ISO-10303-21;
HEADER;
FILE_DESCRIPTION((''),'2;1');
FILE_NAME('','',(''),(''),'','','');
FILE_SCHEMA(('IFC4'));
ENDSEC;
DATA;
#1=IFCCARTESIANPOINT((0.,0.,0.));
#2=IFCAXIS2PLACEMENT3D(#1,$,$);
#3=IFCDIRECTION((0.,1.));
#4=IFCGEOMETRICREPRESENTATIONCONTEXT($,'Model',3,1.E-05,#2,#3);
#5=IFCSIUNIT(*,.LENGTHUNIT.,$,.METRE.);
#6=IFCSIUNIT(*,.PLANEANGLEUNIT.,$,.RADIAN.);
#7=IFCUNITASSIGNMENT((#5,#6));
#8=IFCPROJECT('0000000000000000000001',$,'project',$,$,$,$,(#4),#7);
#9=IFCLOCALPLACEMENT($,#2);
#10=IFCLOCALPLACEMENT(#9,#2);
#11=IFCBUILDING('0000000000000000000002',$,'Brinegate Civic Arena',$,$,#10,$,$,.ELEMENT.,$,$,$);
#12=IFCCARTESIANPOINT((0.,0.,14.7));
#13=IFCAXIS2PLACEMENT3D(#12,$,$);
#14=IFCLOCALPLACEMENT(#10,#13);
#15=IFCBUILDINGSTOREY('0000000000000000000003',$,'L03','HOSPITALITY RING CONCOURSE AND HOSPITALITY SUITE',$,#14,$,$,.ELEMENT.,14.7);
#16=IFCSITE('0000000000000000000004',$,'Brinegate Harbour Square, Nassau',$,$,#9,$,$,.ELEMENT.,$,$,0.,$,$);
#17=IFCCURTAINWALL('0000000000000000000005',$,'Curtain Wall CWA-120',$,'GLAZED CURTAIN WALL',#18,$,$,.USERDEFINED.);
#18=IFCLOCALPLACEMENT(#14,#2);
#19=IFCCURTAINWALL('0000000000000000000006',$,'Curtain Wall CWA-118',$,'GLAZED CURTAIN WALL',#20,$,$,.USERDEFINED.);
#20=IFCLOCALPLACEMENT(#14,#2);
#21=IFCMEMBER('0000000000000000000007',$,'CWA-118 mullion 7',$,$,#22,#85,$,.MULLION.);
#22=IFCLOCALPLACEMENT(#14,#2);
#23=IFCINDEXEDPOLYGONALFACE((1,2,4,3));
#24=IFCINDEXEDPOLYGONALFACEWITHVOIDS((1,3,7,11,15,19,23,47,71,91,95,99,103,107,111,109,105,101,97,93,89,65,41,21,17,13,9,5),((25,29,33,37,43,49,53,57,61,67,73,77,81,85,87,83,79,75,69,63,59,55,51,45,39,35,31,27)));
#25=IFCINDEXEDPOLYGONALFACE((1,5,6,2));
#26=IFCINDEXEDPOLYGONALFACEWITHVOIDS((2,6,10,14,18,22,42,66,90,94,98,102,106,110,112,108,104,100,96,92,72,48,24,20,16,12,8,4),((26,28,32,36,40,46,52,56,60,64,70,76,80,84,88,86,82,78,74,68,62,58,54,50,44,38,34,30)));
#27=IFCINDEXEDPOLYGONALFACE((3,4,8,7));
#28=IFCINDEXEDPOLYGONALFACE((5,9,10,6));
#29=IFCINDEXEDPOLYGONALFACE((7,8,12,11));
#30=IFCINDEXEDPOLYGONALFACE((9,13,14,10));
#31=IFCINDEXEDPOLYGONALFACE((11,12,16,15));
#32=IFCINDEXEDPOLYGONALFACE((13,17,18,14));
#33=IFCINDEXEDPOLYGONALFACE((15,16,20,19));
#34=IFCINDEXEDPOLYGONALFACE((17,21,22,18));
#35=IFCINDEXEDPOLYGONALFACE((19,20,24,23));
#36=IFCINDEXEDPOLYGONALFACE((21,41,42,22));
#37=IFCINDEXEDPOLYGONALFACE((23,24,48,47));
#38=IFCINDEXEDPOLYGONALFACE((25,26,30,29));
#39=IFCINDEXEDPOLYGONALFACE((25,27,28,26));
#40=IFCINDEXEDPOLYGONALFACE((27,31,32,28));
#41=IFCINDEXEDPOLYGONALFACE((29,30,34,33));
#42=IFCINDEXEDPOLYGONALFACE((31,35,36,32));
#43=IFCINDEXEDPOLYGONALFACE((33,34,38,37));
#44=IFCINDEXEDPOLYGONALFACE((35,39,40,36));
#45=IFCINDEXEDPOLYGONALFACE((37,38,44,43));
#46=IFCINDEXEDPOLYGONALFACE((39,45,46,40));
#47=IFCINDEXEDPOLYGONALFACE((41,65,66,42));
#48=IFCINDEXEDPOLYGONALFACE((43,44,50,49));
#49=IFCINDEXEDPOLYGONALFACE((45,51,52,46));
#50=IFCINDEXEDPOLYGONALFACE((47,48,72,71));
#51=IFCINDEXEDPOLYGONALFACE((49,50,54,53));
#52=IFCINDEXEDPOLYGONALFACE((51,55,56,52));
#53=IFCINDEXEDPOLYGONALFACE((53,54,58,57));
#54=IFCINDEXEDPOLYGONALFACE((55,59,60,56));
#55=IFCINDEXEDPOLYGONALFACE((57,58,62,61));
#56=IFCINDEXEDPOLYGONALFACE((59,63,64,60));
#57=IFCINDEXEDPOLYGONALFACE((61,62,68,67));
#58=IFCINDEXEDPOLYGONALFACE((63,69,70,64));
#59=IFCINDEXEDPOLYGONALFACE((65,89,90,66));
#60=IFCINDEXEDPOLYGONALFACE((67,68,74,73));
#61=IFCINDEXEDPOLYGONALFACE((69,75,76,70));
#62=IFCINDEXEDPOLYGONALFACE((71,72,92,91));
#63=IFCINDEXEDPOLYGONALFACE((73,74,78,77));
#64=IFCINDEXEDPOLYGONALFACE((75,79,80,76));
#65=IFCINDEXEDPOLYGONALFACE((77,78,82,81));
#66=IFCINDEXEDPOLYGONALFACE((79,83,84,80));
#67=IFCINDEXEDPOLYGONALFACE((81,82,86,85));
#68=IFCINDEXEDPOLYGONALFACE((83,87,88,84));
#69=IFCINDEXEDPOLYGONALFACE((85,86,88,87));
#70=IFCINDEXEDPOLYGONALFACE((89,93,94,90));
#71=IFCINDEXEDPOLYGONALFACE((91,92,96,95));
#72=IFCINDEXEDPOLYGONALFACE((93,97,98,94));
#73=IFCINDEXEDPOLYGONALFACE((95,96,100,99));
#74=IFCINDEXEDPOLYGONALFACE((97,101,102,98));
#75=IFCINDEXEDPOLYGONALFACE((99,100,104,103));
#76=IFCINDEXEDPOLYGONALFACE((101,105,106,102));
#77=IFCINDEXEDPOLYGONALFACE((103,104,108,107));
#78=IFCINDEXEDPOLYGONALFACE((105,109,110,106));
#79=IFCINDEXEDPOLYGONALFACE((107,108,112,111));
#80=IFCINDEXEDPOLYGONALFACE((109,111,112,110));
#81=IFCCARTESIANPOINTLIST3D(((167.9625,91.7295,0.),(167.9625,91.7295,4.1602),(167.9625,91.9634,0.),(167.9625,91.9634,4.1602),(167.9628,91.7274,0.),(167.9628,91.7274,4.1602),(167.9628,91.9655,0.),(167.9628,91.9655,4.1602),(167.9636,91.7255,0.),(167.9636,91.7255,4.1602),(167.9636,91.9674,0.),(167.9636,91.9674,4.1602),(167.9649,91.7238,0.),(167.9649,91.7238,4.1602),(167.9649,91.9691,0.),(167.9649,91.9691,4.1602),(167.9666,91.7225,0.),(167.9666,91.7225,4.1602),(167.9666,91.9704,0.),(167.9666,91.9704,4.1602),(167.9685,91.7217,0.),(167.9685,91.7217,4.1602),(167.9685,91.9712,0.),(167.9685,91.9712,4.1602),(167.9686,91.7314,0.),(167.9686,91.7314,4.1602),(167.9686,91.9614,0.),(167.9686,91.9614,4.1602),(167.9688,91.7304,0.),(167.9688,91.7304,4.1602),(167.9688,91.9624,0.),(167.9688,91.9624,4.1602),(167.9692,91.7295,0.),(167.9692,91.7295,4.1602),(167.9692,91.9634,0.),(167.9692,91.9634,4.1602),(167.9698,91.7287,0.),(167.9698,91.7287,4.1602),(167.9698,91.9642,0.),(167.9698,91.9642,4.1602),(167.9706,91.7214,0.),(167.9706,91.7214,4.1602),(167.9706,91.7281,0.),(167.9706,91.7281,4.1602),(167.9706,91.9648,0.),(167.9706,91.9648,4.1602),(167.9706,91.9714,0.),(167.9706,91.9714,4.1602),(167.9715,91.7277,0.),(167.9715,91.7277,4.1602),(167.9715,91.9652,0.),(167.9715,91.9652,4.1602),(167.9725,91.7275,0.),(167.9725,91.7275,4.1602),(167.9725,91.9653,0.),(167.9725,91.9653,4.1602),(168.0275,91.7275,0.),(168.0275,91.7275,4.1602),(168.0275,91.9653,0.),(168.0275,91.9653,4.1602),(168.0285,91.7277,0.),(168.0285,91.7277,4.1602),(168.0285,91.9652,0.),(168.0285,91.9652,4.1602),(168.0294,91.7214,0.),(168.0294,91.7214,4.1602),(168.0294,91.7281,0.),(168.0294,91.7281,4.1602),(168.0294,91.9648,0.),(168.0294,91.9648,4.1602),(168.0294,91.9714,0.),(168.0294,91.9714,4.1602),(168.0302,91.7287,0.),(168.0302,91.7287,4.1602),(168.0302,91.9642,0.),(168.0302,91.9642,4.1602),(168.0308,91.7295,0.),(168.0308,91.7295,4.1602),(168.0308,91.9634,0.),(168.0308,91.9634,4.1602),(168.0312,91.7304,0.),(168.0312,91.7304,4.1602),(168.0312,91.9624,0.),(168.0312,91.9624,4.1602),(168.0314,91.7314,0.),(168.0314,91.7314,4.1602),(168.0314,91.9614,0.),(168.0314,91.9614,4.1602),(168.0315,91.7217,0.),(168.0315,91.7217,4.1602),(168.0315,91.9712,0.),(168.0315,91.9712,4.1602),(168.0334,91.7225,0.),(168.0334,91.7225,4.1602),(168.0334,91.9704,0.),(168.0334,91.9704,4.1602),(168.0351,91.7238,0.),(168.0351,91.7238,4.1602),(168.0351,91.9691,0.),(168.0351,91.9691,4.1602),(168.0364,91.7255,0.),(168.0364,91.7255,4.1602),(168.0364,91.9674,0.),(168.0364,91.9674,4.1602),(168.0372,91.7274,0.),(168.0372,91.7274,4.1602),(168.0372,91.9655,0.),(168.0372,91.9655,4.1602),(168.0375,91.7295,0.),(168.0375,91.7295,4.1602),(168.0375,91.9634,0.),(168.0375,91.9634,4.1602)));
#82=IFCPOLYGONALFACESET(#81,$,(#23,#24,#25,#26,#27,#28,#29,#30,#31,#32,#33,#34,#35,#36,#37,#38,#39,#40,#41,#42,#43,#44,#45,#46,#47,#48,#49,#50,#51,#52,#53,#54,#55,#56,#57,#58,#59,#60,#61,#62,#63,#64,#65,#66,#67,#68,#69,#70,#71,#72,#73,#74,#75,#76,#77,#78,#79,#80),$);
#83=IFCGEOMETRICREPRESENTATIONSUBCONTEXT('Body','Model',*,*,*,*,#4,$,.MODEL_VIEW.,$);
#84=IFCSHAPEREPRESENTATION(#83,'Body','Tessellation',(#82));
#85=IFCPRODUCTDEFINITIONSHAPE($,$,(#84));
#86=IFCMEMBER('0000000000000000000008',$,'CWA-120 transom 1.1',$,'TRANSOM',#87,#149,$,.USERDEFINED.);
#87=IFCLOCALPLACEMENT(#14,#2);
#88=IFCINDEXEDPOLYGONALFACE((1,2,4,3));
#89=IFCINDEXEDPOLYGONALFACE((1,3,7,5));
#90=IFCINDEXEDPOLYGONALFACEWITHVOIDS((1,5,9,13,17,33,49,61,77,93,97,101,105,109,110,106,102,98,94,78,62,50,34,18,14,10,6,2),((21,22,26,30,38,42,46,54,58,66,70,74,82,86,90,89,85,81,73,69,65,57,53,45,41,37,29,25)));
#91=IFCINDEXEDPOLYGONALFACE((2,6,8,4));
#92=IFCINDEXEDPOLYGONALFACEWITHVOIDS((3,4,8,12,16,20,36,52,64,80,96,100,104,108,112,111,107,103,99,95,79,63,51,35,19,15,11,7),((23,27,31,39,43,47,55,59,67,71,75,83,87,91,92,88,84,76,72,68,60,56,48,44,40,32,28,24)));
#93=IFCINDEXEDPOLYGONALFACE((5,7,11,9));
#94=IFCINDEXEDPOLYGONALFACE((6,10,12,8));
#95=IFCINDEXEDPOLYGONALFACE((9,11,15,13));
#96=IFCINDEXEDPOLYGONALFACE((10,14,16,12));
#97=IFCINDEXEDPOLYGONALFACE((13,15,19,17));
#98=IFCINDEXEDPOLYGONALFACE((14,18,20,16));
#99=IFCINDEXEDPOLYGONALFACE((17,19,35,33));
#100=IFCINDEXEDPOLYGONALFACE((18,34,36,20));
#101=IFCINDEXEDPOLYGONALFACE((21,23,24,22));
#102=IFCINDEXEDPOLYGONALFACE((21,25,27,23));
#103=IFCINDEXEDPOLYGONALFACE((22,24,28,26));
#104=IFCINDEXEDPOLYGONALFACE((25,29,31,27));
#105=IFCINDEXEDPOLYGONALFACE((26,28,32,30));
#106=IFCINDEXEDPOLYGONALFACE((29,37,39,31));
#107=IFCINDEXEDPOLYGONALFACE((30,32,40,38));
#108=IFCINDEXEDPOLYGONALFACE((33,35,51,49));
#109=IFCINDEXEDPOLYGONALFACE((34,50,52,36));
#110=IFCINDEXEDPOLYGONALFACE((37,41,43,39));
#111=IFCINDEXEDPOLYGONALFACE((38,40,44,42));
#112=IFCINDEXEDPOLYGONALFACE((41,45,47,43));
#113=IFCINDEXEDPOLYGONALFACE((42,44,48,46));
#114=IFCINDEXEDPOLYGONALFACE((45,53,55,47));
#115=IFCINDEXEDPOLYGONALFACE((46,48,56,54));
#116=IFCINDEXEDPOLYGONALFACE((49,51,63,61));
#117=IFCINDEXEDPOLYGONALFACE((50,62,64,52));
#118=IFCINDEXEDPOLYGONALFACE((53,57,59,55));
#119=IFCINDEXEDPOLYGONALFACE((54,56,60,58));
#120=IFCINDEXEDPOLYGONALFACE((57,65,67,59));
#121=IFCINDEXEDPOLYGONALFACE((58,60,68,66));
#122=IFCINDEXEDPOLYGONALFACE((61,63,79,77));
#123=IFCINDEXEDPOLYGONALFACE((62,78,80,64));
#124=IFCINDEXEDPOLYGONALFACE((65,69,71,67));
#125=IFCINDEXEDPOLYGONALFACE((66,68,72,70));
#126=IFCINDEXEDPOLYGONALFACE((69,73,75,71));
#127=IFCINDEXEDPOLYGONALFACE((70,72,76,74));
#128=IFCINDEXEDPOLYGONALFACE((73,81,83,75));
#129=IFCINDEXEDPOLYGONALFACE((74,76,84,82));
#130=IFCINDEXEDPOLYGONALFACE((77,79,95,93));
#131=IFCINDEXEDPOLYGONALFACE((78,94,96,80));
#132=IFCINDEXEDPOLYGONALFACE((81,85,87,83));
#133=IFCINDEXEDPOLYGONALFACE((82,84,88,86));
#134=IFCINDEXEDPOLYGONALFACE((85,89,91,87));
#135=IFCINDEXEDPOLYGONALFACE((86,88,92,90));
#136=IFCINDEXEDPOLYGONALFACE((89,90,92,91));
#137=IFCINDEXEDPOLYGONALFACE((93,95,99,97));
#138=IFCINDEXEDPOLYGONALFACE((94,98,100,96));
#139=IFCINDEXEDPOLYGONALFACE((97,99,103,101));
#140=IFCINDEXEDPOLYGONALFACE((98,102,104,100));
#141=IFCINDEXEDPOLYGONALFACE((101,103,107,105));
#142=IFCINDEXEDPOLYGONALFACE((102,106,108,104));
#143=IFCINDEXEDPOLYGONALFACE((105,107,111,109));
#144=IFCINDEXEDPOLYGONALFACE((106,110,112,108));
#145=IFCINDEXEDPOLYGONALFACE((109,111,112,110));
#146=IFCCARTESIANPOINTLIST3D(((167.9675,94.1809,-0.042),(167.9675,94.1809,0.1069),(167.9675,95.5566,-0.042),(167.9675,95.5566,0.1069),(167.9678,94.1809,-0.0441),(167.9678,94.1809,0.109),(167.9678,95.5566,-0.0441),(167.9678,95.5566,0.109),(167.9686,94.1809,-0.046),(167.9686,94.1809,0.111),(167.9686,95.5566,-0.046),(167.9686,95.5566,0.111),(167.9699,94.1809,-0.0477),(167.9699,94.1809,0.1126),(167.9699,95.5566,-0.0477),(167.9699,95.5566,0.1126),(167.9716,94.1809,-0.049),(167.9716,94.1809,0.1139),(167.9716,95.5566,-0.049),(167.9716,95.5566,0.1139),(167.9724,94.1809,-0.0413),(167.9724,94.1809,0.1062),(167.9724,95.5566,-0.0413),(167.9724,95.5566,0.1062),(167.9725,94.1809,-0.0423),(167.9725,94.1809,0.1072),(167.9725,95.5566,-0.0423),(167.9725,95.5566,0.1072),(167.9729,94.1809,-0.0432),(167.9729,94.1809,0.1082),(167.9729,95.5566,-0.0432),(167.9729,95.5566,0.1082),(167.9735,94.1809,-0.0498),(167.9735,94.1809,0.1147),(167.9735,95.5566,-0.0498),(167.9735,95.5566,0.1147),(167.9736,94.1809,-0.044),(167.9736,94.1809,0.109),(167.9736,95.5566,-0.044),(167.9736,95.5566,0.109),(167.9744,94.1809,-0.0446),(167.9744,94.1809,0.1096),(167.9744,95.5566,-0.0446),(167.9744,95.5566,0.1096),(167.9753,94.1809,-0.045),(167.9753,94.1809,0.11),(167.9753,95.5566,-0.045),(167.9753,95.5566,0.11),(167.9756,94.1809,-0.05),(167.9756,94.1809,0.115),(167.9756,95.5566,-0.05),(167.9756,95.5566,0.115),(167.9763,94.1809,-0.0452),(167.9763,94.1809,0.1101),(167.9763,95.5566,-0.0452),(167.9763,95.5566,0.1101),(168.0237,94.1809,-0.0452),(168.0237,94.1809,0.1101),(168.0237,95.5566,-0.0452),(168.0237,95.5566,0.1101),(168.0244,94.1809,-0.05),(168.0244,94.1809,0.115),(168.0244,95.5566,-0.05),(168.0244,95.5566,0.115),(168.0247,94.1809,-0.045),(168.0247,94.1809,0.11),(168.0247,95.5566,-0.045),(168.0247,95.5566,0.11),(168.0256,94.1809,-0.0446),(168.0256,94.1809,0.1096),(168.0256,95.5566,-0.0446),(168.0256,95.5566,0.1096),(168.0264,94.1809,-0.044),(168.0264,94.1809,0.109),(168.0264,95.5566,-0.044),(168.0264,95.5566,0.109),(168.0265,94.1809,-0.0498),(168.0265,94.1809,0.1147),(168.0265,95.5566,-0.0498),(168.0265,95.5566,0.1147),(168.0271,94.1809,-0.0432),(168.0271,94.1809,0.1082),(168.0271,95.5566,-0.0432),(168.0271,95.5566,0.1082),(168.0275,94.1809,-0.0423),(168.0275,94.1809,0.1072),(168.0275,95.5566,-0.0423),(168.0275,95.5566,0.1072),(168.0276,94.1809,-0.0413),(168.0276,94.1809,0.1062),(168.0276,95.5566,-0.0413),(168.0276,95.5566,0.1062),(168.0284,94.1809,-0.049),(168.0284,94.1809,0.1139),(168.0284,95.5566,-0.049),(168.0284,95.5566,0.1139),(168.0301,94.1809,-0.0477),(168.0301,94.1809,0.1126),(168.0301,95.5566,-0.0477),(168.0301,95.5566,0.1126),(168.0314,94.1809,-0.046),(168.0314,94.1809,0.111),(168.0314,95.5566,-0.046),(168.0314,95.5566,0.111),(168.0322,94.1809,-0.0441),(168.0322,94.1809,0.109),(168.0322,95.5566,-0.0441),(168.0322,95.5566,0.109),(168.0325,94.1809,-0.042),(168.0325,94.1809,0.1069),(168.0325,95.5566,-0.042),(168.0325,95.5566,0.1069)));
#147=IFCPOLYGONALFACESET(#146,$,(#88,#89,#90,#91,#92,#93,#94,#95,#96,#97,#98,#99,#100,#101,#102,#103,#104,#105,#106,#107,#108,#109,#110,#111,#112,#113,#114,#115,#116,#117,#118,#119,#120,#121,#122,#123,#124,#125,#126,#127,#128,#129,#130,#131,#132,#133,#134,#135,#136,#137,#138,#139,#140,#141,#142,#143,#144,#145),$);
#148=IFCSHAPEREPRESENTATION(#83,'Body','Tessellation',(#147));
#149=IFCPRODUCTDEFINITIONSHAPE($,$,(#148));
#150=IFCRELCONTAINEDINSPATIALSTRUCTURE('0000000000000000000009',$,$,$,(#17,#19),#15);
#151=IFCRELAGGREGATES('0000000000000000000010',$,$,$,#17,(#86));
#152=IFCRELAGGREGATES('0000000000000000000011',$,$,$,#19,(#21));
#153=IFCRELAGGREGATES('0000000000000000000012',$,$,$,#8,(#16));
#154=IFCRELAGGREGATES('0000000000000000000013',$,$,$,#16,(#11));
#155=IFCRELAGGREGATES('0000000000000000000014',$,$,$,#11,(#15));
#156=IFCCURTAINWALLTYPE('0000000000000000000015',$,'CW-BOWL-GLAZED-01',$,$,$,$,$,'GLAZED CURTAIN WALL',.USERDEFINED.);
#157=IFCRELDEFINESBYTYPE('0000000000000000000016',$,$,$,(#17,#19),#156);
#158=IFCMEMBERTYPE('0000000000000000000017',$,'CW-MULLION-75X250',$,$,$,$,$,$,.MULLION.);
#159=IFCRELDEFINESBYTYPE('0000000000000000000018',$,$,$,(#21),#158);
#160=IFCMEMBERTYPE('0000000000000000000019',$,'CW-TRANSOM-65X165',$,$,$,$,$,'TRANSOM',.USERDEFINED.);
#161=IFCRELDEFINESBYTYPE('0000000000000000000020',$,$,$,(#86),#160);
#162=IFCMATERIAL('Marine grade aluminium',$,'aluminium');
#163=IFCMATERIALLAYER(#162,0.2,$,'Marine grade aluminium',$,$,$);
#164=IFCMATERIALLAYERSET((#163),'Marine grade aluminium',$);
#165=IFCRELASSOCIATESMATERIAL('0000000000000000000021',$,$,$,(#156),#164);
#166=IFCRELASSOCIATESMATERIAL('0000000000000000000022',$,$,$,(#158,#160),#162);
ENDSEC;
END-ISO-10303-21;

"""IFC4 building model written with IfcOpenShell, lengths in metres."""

from ifc_helpers import new_model, si_unit, direction, frame, origin, origin_2d, place, context, subcontext, project, spatial, hollow_rectangle, extrude, material, layer, layer_set, material_profile, profile_set, type_object, element, aggregate, save


model = new_model("IFC4")

# Units and contexts
model_context = context("Model", 3, precision=1e-05, world=origin(), true_north=direction((0.0, 1.0)))
body_context = subcontext(model_context, "Body", "Model", "MODEL_VIEW")
ifc_project = project(units=[si_unit("LENGTHUNIT", "METRE"), si_unit("PLANEANGLEUNIT", "RADIAN")], contexts=[model_context])

# Site, building, storey
site_placement = place(None, origin())
site = spatial("IfcSite", under=ifc_project, at=site_placement, Name="Brinegate Harbour Square, Nassau", CompositionType="ELEMENT", RefElevation=0.0)
building_placement = place(site_placement, origin())
building = spatial("IfcBuilding", under=site, at=building_placement, Name="Brinegate Civic Arena", CompositionType="ELEMENT")
storey_placement = place(building_placement, frame((0.0, 0.0, 14.7)))
storey = spatial("IfcBuildingStorey", under=building, at=storey_placement, Name="L03", Description="HOSPITALITY RING CONCOURSE AND HOSPITALITY SUITE", CompositionType="ELEMENT", Elevation=14.7)

# Curtain walls, member
ifc_material_1 = material(Name="Marine grade aluminium", Category="aluminium")
ifc_layer_1 = layer(ifc_material_1, 0.2, Name="Marine grade aluminium")
ifc_layer_set_1 = layer_set([ifc_layer_1], Name="Marine grade aluminium")
curtain_wall_type = type_object("IfcCurtainWallType", Name="CW-BOWL-GLAZED-01", ElementType="GLAZED CURTAIN WALL", PredefinedType="USERDEFINED", material=ifc_layer_set_1)
curtain_wall_1_placement = place(storey_placement, origin())
curtain_wall_1 = element("IfcCurtainWall", 1, at=curtain_wall_1_placement, inside=storey, type_object=curtain_wall_type, Name="Curtain Wall CWA-120", ObjectType="GLAZED CURTAIN WALL", PredefinedType="USERDEFINED")
curtain_wall_2_placement = place(storey_placement, origin())
curtain_wall_2 = element("IfcCurtainWall", 2, at=curtain_wall_2_placement, inside=storey, type_object=curtain_wall_type, Name="Curtain Wall CWA-118", ObjectType="GLAZED CURTAIN WALL", PredefinedType="USERDEFINED")
ifc_material_profile_1 = material_profile(ifc_material_1, hollow_rectangle(XDim=0.075, YDim=0.25, WallThickness=0.0061, InnerFilletRadius=0.0039, OuterFilletRadius=0.0081, at=origin_2d()), Name="MUL75X250")
ifc_profile_set_1 = profile_set([ifc_material_profile_1], Name="Marine grade aluminium")
member_type_1 = type_object("IfcMemberType", Name="CW-MULLION-75X250", PredefinedType="MULLION", material=ifc_profile_set_1)
member_1_placement = place(storey_placement, frame((168.0, 91.8464, 0.0), z_axis=(0.0, 0.0, 1.0), x_axis=(-1.0, 0.0, 0.0)))
member_1 = element("IfcMember", 3, at=member_1_placement, type_object=member_type_1, Name="CWA-118 mullion 7", PredefinedType="MULLION", context=body_context, shape_type="SweptSolid", body=[
    extrude(hollow_rectangle(XDim=0.075, YDim=0.25, WallThickness=0.0061, InnerFilletRadius=0.0039, OuterFilletRadius=0.0081, at=origin_2d()), origin(), (0.0, 0.0, 1.0), 4.1602),
])

# Member
ifc_material_profile_2 = material_profile(ifc_material_1, hollow_rectangle(XDim=0.0649, YDim=0.165, WallThickness=0.0049, InnerFilletRadius=0.0039, OuterFilletRadius=0.0081, at=origin_2d()), Name="TRN65X165")
ifc_profile_set_2 = profile_set([ifc_material_profile_2], Name="Marine grade aluminium")
member_type_2 = type_object("IfcMemberType", Name="CW-TRANSOM-65X165", ElementType="TRANSOM", PredefinedType="USERDEFINED", material=ifc_profile_set_2)
member_2_placement = place(storey_placement, frame((168.0, 94.1809, 0.0325), z_axis=(0.0, 1.0, 0.0), x_axis=(-1.0, 0.0, 0.0)))
member_2 = element("IfcMember", 4, at=member_2_placement, type_object=member_type_2, Name="CWA-120 transom 1.1", ObjectType="TRANSOM", PredefinedType="USERDEFINED", context=body_context, shape_type="SweptSolid", body=[
    extrude(hollow_rectangle(XDim=0.0649, YDim=0.165, WallThickness=0.0049, InnerFilletRadius=0.0039, OuterFilletRadius=0.0081, at=origin_2d()), origin(), (0.0, 0.0, 1.0), 1.3757),
])
aggregate(curtain_wall_1, [member_2])

aggregate(curtain_wall_2, [member_1])

save(model, "model.ifc")
